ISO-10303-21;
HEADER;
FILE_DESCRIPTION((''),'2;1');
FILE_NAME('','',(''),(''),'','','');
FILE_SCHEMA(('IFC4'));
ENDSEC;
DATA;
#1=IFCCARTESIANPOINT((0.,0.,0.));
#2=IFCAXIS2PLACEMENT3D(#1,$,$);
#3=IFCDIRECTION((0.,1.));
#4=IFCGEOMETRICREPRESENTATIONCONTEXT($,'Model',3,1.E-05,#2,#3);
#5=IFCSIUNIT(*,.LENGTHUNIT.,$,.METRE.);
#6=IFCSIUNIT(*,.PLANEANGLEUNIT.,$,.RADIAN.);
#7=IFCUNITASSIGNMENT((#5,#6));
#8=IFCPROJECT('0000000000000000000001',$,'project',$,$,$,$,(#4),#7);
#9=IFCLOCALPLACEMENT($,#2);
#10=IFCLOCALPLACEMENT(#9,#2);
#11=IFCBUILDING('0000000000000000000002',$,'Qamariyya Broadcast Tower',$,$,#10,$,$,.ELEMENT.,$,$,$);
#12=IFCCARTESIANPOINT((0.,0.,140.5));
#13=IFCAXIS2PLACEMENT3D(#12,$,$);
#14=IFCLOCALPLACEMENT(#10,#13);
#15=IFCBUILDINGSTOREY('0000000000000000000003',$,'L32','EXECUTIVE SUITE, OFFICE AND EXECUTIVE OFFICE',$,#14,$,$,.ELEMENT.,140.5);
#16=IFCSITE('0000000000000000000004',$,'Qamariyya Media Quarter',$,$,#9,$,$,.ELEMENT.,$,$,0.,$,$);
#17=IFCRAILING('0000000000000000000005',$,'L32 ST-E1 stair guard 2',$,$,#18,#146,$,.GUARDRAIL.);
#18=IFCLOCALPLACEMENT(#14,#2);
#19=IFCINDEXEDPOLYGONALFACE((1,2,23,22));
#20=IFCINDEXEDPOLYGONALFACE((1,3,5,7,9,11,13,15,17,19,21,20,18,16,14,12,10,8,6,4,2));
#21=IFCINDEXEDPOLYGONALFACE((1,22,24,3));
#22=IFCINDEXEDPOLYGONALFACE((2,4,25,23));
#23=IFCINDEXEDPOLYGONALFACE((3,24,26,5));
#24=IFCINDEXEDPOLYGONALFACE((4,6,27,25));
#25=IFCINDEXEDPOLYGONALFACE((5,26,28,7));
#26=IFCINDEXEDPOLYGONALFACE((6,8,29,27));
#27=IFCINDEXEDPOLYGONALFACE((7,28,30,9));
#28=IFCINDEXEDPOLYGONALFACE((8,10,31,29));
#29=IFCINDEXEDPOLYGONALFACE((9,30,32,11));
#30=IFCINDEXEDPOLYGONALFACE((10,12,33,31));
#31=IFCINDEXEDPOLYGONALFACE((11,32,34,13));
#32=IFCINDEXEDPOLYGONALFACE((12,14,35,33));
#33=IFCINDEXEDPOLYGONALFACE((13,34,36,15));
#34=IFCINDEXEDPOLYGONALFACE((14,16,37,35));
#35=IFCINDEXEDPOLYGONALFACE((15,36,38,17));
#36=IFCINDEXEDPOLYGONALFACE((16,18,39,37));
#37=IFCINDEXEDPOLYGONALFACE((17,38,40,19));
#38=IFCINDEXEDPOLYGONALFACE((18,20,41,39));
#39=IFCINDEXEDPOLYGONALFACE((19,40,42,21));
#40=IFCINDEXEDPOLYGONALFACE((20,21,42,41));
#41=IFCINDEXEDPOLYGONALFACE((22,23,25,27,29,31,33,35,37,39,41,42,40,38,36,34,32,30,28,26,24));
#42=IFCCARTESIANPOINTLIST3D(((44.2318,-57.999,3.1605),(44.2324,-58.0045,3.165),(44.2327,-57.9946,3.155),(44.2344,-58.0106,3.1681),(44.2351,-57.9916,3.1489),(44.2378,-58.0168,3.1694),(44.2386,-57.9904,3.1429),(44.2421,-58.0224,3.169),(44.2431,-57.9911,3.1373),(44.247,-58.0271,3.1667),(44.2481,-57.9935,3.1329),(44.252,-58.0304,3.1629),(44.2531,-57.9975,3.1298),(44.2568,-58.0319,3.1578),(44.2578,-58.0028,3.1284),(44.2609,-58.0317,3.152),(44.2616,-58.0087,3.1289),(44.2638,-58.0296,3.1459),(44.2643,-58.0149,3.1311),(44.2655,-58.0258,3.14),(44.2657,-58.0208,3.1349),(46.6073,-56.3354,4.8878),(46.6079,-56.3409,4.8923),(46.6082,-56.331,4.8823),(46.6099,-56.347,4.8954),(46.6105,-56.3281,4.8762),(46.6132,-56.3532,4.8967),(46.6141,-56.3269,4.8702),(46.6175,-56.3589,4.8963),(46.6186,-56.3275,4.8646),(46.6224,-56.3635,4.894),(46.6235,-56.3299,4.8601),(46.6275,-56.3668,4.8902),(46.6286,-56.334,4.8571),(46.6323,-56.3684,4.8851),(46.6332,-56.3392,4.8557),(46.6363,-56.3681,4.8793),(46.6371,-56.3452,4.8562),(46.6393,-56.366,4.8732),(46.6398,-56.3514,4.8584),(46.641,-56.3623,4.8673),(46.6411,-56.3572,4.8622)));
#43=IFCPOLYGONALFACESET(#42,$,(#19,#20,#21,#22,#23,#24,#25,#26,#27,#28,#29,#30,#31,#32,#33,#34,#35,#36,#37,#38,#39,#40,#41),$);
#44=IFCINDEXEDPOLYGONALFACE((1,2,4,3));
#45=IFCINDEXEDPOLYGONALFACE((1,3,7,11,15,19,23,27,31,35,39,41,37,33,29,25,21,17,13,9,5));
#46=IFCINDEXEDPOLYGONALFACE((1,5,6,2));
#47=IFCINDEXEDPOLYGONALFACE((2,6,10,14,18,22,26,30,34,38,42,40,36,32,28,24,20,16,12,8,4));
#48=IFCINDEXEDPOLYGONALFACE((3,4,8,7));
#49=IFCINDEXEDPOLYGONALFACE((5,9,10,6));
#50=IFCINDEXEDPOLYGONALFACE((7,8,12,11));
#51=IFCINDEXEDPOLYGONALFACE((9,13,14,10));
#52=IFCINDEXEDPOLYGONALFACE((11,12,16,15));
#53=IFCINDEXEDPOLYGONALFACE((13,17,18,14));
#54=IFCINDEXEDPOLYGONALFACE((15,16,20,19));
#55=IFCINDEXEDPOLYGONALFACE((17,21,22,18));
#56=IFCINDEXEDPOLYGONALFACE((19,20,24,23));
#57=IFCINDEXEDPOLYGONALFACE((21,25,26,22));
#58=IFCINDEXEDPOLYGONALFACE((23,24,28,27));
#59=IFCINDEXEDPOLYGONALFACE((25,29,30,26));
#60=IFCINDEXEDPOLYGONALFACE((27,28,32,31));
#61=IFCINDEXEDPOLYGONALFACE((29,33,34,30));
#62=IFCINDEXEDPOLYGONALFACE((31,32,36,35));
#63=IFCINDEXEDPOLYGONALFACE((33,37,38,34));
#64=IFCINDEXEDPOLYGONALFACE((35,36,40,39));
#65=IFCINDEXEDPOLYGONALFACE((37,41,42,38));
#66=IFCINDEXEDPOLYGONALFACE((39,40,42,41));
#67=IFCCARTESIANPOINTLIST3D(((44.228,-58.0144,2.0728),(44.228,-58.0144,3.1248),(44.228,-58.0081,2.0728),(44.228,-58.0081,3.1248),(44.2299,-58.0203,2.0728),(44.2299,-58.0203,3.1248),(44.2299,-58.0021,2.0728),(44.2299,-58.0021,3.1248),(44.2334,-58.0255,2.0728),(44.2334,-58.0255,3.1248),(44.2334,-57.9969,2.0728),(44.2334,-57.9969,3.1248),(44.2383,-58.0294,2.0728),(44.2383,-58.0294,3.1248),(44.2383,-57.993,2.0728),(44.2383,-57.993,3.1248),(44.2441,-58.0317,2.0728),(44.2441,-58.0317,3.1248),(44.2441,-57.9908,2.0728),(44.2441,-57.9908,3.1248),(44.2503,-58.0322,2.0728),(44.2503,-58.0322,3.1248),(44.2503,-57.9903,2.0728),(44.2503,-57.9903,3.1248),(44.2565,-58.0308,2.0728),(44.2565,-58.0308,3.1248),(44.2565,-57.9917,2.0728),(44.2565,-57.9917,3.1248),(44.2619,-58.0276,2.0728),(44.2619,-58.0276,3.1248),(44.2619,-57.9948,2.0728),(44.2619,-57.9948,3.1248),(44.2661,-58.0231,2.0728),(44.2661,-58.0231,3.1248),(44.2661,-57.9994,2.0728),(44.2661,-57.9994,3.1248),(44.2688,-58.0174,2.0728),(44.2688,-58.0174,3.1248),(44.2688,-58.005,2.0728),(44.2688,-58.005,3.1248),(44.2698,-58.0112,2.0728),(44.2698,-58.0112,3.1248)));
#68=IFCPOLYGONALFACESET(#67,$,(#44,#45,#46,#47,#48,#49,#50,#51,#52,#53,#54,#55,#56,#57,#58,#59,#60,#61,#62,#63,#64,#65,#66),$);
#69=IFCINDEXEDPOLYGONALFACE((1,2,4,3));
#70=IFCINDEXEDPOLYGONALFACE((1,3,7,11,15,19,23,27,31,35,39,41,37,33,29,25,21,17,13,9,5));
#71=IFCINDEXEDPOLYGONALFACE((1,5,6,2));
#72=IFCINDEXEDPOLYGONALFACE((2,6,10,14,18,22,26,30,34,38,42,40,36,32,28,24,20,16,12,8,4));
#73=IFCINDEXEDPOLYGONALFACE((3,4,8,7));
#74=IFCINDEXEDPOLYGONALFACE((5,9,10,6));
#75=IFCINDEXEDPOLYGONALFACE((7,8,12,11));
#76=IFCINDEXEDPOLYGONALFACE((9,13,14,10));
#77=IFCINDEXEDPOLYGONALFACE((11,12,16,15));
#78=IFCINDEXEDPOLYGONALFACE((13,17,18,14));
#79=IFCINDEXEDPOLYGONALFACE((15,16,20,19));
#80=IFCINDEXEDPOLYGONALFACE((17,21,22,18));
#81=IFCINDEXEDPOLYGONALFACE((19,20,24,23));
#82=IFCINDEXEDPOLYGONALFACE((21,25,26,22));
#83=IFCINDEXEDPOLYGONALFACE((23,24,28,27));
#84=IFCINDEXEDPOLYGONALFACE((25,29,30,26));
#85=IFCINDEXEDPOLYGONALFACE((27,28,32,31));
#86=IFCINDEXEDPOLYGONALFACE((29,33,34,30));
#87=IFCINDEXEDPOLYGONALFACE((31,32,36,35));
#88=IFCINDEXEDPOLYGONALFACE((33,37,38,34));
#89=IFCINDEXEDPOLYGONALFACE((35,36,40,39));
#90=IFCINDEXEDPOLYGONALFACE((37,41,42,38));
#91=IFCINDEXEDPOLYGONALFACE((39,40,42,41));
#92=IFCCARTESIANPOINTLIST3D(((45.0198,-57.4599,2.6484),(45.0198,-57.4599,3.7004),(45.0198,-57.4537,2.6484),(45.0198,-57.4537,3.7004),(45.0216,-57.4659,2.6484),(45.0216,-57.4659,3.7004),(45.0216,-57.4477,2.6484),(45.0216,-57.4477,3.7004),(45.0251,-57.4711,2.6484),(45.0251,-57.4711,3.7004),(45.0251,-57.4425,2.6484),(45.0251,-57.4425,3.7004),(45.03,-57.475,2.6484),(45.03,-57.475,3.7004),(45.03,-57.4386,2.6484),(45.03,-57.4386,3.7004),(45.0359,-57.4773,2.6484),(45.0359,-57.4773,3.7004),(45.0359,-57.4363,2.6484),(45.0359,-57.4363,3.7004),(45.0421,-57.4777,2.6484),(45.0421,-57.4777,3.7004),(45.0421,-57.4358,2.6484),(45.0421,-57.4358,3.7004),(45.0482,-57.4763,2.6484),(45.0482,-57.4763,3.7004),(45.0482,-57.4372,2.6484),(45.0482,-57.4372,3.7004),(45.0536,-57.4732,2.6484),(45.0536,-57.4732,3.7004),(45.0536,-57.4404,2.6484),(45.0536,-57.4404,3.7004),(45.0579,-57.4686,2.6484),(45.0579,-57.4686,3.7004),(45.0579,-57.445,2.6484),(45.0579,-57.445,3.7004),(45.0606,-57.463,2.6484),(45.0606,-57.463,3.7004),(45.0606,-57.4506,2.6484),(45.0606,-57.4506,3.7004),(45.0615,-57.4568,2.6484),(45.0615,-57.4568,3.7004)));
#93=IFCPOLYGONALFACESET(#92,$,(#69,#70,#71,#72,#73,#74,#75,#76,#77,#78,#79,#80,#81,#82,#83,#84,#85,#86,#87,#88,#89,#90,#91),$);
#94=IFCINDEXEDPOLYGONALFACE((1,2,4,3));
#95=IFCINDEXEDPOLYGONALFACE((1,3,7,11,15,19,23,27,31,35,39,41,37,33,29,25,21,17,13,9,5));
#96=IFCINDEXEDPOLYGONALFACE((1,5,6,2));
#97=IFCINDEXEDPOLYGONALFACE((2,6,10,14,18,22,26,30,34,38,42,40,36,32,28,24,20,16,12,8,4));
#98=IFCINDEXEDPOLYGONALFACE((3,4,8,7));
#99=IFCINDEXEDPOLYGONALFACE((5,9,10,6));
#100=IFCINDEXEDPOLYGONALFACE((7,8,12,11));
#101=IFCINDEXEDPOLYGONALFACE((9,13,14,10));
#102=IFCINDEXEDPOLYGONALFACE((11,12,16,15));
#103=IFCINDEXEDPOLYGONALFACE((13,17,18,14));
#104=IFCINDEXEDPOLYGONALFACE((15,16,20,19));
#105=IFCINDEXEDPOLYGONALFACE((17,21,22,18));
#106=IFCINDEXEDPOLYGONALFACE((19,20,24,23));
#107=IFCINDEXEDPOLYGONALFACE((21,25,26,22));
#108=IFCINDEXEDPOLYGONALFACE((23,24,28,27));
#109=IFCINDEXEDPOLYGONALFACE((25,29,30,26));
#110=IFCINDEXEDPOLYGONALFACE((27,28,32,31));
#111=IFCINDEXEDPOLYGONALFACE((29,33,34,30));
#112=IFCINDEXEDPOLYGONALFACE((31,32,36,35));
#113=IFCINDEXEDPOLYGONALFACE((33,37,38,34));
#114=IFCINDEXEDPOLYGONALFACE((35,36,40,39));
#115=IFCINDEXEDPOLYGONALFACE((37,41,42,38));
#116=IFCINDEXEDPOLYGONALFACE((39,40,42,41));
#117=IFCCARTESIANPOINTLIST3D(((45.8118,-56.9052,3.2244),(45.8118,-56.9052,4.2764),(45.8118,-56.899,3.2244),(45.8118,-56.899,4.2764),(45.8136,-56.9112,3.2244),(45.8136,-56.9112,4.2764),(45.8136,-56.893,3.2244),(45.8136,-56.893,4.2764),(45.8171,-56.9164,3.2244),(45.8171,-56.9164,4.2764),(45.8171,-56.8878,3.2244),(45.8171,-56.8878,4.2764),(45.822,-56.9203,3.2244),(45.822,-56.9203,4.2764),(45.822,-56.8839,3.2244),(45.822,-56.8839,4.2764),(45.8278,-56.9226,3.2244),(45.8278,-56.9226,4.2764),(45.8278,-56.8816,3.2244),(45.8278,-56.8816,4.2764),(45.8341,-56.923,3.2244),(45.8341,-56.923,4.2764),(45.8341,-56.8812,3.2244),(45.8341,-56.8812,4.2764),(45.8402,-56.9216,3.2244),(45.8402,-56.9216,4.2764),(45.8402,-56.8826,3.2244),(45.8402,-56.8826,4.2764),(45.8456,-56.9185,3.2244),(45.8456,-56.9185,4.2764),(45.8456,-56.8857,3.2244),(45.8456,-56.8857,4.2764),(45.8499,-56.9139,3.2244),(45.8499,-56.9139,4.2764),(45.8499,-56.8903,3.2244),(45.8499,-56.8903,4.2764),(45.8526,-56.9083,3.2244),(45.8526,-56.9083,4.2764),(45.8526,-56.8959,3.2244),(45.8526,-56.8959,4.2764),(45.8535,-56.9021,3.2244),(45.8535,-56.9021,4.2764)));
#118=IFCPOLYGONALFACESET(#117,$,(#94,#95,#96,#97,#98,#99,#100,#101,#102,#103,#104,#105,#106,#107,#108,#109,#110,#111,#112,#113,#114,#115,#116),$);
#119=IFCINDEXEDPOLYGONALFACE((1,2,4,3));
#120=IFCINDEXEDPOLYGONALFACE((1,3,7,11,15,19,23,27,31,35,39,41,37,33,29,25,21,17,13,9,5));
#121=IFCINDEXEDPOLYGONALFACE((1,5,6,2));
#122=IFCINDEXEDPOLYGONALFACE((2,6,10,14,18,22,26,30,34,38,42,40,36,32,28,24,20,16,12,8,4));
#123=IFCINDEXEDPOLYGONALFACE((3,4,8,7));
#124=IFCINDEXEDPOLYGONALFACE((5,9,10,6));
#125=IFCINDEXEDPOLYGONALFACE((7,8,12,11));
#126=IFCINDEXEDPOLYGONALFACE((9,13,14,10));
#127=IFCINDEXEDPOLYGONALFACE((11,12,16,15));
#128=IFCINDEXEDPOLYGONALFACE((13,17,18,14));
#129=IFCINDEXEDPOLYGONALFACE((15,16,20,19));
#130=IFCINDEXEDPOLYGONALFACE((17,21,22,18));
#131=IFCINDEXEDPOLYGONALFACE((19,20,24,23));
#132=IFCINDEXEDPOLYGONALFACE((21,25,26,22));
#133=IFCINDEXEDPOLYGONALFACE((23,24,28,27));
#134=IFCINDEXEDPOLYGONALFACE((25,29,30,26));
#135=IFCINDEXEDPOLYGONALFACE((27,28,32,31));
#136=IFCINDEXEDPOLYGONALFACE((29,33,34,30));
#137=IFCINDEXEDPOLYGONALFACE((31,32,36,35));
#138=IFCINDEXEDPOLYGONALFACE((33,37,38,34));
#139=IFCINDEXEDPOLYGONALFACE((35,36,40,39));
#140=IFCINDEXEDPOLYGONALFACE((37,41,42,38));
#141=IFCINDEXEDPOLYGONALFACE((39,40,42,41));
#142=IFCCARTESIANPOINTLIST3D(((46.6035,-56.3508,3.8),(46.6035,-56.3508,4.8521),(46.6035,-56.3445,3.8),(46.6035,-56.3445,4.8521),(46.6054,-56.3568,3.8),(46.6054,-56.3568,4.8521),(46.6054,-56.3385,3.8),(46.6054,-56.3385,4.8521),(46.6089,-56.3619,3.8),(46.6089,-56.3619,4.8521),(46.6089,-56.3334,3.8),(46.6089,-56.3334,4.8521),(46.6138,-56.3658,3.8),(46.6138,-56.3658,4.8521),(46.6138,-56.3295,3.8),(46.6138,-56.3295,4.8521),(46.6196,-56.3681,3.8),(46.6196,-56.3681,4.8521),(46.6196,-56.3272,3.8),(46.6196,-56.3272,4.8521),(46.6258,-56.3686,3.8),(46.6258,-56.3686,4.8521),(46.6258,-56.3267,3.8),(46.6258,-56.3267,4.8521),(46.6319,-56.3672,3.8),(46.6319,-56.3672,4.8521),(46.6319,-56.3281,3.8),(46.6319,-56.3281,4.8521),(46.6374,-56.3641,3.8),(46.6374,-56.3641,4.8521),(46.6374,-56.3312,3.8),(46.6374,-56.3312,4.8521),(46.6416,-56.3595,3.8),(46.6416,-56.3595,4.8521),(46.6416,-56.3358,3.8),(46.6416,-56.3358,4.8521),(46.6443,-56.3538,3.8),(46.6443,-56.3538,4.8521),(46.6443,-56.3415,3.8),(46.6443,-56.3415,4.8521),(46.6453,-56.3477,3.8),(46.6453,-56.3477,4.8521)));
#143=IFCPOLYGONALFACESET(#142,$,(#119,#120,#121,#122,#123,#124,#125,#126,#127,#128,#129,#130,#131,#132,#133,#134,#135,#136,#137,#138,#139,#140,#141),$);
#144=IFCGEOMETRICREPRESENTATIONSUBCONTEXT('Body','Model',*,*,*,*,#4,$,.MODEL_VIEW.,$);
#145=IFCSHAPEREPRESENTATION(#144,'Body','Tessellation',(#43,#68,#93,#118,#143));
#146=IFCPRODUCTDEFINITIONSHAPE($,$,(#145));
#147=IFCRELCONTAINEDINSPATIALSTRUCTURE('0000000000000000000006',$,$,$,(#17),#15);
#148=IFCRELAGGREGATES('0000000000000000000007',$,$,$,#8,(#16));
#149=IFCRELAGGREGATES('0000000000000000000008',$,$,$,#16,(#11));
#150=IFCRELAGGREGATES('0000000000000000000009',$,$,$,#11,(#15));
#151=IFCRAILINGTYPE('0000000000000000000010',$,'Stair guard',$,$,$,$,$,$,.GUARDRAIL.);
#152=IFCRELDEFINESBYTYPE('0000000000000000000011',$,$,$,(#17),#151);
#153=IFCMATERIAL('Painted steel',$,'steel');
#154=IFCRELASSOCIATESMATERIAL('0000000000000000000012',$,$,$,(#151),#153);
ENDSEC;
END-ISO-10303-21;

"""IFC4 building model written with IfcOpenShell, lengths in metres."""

from ifc_helpers import new_model, si_unit, direction, frame, origin, origin_2d, place, context, subcontext, project, spatial, circle, extrude, material, type_object, element, save


model = new_model("IFC4")

# Units and contexts
model_context = context("Model", 3, precision=1e-05, world=origin(), true_north=direction((0.0, 1.0)))
body_context = subcontext(model_context, "Body", "Model", "MODEL_VIEW")
ifc_project = project(units=[si_unit("LENGTHUNIT", "METRE"), si_unit("PLANEANGLEUNIT", "RADIAN")], contexts=[model_context])

# Site, building, storey
site_placement = place(None, origin())
site = spatial("IfcSite", under=ifc_project, at=site_placement, Name="Qamariyya Media Quarter", CompositionType="ELEMENT", RefElevation=0.0)
building_placement = place(site_placement, origin())
building = spatial("IfcBuilding", under=site, at=building_placement, Name="Qamariyya Broadcast Tower", CompositionType="ELEMENT")
storey_placement = place(building_placement, frame((0.0, 0.0, 140.5)))
storey = spatial("IfcBuildingStorey", under=building, at=storey_placement, Name="L32", Description="EXECUTIVE SUITE, OFFICE AND EXECUTIVE OFFICE", CompositionType="ELEMENT", Elevation=140.5)

# Railing
ifc_material_1 = material(Name="Painted steel", Category="steel")
railing_type_1 = type_object("IfcRailingType", Name="Stair guard", PredefinedType="GUARDRAIL", material=ifc_material_1)
railing_1_placement = place(storey_placement, frame((44.2488, -58.0112, 2.0728)))
element("IfcRailing", 1, at=railing_1_placement, inside=storey, type_object=railing_type_1, Name="L32 ST-E1 stair guard 2", PredefinedType="GUARDRAIL", context=body_context, shape_type="SweptSolid", body=[
    extrude(circle(Radius=0.0239, at=origin_2d()), frame((0.0, 0.0, 1.0762), z_axis=(0.703745, 0.492838, 0.511716), x_axis=(-0.573632, 0.819113, 0.0)), (0.0, 0.0, 1.0), 3.3755),
    extrude(circle(Radius=0.021, at=origin_2d()), origin(), (0.0, 0.0, 1.0), 1.052),
    extrude(circle(Radius=0.021, at=origin_2d()), frame((0.7917, 0.5544, 0.5757)), (0.0, 0.0, 1.0), 1.052),
    extrude(circle(Radius=0.021, at=origin_2d()), frame((1.5837, 1.1091, 1.1516)), (0.0, 0.0, 1.0), 1.052),
    extrude(circle(Radius=0.021, at=origin_2d()), frame((2.3755, 1.6636, 1.7273)), (0.0, 0.0, 1.0), 1.052),
])

save(model, "model.ifc")
